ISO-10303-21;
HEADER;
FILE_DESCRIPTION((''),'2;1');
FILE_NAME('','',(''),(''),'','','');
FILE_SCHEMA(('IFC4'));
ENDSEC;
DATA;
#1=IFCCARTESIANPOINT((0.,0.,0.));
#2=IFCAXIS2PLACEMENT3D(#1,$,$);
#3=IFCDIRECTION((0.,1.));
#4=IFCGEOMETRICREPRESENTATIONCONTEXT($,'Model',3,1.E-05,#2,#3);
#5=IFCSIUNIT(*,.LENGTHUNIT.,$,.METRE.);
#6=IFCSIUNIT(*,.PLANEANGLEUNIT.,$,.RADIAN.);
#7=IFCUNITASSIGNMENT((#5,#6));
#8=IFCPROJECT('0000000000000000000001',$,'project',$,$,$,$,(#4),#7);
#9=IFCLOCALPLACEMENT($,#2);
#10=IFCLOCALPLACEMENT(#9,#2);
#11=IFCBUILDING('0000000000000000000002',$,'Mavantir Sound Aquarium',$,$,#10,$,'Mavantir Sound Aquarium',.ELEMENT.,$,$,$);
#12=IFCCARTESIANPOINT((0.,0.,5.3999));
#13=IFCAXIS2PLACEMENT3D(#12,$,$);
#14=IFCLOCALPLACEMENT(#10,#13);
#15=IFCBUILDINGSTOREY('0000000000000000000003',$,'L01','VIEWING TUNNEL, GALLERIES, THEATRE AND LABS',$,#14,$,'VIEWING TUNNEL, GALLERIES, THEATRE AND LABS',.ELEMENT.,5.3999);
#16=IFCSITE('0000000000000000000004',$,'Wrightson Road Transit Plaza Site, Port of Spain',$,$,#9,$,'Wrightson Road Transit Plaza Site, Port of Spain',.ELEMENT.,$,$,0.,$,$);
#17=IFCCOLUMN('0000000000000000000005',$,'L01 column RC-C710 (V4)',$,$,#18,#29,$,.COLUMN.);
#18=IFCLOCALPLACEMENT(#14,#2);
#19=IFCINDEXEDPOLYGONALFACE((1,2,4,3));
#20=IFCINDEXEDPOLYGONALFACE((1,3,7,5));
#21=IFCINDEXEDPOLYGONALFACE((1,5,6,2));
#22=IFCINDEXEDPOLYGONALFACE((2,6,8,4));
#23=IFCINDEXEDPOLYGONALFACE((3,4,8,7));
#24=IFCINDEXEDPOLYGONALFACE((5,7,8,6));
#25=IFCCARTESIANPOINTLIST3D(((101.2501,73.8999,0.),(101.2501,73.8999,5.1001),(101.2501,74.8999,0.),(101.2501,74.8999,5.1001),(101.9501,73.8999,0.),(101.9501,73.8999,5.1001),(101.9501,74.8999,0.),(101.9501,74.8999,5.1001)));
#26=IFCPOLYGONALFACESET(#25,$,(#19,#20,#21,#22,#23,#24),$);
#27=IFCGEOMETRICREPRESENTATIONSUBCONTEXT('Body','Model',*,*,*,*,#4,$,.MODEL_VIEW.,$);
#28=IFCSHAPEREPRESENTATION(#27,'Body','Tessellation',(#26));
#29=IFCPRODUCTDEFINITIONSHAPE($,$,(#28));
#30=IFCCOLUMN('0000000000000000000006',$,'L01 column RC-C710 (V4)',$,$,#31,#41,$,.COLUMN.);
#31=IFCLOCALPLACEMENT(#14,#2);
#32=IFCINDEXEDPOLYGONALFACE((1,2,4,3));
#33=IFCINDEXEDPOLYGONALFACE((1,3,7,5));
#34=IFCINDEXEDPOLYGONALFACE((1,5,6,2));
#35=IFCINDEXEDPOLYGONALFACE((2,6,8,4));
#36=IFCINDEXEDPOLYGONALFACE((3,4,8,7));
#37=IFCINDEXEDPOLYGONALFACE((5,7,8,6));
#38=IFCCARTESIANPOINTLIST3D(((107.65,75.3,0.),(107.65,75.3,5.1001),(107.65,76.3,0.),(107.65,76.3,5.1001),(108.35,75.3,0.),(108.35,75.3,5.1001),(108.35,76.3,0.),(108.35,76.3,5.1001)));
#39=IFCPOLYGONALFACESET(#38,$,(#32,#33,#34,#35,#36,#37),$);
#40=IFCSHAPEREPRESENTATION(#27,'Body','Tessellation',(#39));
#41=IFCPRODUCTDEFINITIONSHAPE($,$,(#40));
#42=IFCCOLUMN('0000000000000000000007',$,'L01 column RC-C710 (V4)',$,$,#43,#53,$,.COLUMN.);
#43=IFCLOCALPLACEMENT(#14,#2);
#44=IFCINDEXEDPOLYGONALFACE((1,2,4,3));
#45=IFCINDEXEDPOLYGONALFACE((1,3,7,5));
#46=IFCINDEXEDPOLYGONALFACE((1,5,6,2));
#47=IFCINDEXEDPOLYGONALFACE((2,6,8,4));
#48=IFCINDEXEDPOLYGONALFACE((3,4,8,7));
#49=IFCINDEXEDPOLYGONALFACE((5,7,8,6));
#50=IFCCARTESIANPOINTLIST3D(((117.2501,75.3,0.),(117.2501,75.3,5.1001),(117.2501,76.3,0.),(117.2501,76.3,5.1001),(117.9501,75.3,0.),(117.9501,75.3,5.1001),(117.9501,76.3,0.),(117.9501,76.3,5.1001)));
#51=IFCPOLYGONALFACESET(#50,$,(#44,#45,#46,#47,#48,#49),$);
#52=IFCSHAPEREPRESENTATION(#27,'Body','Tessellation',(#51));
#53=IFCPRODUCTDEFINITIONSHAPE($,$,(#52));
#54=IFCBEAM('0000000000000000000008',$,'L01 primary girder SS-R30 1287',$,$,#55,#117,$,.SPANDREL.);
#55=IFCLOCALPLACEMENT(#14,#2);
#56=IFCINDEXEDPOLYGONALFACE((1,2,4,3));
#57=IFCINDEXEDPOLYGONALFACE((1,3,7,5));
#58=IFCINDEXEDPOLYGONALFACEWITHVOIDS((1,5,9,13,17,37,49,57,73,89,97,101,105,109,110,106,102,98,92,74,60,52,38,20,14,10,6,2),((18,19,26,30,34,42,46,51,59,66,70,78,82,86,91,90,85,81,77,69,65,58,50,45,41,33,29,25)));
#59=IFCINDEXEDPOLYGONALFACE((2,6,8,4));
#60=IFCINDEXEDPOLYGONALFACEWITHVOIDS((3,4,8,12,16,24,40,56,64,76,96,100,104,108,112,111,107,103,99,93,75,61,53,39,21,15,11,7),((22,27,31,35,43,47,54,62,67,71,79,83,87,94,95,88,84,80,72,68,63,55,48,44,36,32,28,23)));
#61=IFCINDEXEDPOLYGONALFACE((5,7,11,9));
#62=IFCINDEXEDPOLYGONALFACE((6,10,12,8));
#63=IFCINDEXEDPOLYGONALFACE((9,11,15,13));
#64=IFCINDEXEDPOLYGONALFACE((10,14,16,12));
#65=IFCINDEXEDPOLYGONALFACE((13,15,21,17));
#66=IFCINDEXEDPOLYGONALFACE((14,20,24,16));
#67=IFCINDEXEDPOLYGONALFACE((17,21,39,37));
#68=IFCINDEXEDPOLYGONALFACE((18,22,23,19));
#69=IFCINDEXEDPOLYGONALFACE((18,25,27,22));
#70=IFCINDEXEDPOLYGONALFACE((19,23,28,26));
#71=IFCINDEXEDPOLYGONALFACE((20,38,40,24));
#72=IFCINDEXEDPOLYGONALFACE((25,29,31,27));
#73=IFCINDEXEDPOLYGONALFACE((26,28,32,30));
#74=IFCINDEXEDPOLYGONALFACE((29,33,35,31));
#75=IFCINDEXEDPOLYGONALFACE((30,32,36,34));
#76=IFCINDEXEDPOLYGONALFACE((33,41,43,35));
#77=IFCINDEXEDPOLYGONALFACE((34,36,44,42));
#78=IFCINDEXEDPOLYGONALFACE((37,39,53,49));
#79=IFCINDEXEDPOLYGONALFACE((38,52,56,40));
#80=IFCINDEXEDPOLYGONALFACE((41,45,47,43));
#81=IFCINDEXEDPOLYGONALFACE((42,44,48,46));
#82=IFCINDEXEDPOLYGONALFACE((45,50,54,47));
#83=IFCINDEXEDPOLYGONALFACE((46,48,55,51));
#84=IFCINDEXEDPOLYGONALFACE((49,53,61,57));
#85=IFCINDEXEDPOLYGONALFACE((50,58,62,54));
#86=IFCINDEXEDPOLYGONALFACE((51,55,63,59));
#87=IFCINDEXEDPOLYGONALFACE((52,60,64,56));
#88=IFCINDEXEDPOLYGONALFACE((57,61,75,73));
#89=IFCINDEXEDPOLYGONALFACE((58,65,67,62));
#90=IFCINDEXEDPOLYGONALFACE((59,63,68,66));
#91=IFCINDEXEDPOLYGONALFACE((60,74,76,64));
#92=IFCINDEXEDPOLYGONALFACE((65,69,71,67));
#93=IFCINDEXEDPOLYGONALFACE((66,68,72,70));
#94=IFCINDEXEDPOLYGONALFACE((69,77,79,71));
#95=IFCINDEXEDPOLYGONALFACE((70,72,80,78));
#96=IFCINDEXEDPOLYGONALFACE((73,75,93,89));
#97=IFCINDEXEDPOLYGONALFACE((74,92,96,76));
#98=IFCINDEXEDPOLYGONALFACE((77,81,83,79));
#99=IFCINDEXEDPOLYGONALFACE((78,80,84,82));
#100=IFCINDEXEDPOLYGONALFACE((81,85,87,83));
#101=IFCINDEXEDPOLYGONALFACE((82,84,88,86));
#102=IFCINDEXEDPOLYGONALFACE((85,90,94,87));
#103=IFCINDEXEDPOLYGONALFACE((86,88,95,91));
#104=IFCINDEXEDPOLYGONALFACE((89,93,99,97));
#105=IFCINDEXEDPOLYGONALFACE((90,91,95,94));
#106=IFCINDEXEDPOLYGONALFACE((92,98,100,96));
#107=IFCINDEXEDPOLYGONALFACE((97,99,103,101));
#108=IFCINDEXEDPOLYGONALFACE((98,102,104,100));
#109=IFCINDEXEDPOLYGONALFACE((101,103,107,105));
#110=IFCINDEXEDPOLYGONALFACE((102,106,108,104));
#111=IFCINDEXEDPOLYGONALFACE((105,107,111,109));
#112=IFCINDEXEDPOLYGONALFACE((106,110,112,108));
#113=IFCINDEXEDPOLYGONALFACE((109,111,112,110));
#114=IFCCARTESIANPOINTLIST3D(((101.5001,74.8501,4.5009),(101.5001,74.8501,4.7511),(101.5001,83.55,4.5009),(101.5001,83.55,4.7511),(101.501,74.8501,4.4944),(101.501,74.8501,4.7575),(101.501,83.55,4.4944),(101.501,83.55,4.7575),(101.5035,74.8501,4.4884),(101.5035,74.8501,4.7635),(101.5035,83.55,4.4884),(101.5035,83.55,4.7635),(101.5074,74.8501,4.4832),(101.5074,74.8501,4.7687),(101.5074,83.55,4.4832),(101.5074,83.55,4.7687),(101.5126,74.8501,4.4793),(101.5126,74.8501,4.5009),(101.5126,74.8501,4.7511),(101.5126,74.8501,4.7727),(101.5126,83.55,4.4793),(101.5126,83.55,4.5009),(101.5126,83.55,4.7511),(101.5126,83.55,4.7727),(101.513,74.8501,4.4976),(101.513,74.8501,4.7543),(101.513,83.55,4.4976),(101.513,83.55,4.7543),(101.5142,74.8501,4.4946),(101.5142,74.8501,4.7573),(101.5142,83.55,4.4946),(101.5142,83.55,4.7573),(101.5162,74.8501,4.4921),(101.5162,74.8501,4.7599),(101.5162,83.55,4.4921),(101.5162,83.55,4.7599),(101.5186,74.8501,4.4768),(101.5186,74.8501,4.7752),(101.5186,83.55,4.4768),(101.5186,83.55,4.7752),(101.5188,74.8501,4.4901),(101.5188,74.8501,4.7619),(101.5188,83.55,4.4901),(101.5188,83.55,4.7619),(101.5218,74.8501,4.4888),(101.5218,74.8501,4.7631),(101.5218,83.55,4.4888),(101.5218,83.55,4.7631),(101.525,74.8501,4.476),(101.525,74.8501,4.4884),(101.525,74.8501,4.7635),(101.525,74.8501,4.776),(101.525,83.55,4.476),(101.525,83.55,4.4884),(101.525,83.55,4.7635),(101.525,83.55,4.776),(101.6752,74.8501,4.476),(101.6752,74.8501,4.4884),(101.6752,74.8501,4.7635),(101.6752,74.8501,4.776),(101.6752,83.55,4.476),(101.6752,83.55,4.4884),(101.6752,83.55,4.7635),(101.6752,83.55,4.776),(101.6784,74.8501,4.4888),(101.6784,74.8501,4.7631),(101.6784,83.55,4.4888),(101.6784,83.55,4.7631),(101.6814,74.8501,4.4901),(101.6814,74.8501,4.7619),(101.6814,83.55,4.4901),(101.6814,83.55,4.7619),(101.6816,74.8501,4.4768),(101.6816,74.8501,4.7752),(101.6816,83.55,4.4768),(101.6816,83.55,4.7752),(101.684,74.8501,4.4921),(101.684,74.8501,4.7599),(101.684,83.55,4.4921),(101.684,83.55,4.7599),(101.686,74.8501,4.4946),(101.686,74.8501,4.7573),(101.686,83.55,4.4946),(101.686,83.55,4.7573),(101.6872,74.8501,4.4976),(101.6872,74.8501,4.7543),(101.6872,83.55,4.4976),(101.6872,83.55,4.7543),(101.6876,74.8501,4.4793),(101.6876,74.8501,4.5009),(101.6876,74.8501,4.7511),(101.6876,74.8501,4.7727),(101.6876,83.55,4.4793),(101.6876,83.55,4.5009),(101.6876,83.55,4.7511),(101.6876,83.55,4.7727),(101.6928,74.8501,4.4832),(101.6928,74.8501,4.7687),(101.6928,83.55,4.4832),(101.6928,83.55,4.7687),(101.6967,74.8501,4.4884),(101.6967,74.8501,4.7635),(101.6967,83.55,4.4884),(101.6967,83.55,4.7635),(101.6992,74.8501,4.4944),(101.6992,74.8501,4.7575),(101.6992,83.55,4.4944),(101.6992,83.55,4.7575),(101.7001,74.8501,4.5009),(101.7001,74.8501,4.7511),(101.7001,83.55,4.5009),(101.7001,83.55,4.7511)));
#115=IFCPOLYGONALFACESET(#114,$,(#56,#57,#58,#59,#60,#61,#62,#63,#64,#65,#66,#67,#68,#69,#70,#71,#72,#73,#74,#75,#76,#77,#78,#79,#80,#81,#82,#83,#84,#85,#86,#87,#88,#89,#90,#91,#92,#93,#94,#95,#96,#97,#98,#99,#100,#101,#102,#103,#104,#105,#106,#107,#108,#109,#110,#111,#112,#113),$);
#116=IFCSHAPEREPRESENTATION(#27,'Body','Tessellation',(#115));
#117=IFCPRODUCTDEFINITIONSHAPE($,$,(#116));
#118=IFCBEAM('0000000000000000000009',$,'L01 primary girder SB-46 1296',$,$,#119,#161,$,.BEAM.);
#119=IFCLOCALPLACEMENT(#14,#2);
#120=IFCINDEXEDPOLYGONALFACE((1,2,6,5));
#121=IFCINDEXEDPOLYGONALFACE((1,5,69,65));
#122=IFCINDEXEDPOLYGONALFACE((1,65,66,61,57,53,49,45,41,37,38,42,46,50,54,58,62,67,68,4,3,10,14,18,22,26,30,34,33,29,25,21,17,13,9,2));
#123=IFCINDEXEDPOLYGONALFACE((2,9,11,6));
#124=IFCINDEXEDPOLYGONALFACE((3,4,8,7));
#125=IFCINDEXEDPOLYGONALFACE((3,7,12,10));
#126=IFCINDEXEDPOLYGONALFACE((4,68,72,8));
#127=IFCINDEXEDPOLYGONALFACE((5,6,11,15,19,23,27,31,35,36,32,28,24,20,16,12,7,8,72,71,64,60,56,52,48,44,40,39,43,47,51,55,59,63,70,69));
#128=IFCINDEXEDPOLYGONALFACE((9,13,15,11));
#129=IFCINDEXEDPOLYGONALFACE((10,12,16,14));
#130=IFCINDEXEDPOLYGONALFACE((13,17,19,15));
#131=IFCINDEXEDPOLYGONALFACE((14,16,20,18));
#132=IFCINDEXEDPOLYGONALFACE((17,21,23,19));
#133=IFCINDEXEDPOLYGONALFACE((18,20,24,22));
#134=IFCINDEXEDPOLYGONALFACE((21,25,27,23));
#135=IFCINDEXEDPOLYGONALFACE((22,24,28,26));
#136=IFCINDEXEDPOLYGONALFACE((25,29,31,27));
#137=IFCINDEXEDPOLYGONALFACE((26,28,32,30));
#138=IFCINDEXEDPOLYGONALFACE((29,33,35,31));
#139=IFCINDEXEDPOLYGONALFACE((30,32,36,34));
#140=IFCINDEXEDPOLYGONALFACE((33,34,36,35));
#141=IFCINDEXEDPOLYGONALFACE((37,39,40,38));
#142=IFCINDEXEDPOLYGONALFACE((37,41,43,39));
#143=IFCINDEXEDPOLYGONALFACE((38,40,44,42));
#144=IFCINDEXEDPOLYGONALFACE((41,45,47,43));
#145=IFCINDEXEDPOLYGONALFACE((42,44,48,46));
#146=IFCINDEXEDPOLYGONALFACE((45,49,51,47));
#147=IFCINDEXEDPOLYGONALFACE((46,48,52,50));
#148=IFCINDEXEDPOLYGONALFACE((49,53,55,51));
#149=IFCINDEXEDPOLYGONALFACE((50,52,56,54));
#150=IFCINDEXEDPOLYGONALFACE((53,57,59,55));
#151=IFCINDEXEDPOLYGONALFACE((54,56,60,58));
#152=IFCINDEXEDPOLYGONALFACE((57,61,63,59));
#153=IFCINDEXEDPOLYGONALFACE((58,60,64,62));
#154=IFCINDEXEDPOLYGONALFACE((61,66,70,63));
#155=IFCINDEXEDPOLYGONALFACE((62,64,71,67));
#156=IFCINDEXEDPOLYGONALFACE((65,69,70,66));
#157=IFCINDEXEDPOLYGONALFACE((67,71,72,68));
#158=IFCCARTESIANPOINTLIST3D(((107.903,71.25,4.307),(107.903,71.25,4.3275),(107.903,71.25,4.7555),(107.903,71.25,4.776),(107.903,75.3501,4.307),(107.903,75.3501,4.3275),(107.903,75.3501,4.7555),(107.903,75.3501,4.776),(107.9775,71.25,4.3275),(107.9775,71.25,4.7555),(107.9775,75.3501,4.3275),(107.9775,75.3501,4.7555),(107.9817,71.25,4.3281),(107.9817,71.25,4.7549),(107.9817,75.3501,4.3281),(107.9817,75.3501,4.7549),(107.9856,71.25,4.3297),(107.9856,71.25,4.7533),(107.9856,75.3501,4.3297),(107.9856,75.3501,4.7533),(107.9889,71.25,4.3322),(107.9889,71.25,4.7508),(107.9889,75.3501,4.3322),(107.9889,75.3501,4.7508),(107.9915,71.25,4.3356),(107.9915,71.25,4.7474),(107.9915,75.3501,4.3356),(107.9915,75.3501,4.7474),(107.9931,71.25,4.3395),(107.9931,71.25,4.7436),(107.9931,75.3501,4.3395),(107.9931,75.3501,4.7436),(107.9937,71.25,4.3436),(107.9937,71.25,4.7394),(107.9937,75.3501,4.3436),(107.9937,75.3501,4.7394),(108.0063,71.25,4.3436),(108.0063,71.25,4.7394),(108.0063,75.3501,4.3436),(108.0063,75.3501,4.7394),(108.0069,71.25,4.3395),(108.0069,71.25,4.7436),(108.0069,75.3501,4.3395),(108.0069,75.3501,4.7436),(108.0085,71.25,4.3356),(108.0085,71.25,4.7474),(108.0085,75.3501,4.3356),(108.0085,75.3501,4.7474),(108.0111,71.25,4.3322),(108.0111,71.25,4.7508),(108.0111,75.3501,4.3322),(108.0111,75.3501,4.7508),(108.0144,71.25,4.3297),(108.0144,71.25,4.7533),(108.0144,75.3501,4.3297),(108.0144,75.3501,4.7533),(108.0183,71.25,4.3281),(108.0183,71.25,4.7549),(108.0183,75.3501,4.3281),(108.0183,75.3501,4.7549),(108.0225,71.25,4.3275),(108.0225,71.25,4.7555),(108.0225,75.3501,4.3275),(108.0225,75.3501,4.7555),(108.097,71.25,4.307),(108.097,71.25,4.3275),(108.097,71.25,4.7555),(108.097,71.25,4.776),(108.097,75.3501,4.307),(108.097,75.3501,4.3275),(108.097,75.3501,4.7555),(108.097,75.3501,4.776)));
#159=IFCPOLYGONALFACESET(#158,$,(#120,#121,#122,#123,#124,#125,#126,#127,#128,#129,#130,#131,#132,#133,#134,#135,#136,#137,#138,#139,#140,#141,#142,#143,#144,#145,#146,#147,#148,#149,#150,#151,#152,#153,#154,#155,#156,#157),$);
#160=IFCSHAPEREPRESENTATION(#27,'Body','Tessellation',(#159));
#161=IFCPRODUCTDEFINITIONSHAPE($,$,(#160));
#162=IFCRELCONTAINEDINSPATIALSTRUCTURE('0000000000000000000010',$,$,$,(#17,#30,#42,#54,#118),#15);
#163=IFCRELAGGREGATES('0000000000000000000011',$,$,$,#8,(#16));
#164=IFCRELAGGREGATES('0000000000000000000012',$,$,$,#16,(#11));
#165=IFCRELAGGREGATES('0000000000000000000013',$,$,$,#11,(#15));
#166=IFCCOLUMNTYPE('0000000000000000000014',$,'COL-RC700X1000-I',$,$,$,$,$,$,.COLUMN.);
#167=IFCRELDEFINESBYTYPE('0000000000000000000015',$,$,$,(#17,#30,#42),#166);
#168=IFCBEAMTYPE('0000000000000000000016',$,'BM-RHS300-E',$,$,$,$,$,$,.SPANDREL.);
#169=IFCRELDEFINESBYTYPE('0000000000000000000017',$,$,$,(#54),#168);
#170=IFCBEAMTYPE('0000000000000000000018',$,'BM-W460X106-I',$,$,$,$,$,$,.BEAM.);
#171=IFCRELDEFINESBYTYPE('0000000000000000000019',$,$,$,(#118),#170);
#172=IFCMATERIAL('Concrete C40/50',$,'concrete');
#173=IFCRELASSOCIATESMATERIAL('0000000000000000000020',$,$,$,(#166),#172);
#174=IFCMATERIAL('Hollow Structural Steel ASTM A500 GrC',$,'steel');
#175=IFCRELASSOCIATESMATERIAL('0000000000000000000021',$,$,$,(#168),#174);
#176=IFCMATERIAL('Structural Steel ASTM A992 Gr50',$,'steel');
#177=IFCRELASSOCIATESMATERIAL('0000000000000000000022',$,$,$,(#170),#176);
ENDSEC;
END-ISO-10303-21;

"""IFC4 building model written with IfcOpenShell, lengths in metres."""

from ifc_helpers import new_model, si_unit, direction, frame, origin, origin_2d, place, context, subcontext, project, spatial, rectangle, hollow_rectangle, i_section, extrude, material, material_profile, profile_set, type_object, element, save


model = new_model("IFC4")

# Units and contexts
model_context = context("Model", 3, precision=1e-05, world=origin(), true_north=direction((0.0, 1.0)))
body_context = subcontext(model_context, "Body", "Model", "MODEL_VIEW")
ifc_project = project(units=[si_unit("LENGTHUNIT", "METRE"), si_unit("PLANEANGLEUNIT", "RADIAN")], contexts=[model_context])

# Site, building, storey
site_placement = place(None, origin())
site = spatial("IfcSite", under=ifc_project, at=site_placement, Name="Wrightson Road Transit Plaza Site, Port of Spain", LongName="Wrightson Road Transit Plaza Site, Port of Spain", CompositionType="ELEMENT", RefElevation=0.0)
building_placement = place(site_placement, origin())
building = spatial("IfcBuilding", under=site, at=building_placement, Name="Mavantir Sound Aquarium", LongName="Mavantir Sound Aquarium", CompositionType="ELEMENT")
storey_placement = place(building_placement, frame((0.0, 0.0, 5.3999)))
storey = spatial("IfcBuildingStorey", under=building, at=storey_placement, Name="L01", Description="VIEWING TUNNEL, GALLERIES, THEATRE AND LABS", LongName="VIEWING TUNNEL, GALLERIES, THEATRE AND LABS", CompositionType="ELEMENT", Elevation=5.3999)

# Columns
ifc_material_1 = material(Name="Concrete C40/50", Category="concrete")
ifc_material_profile_1 = material_profile(ifc_material_1, rectangle(XDim=0.7, YDim=1.0, at=origin_2d()), Name="RC 700X1000")
ifc_profile_set_1 = profile_set([ifc_material_profile_1], Name="Concrete C40/50")
column_type = type_object("IfcColumnType", Name="COL-RC700X1000-I", PredefinedType="COLUMN", material=ifc_profile_set_1)
for number, where, z_axis, x_axis, name in (
    (1, (101.6001, 74.3999, 0.0), (0.0, 0.0, 1.0), (1.0, 0.0, 0.0), "L01 column RC-C710 (V4)"),
    (2, (108.0, 75.8, 0.0), (0.0, 0.0, 1.0), (1.0, 0.0, 0.0), "L01 column RC-C710 (V4)"),
    (3, (117.6001, 75.8, 0.0), (0.0, 0.0, 1.0), (1.0, 0.0, 0.0), "L01 column RC-C710 (V4)"),
):
    element("IfcColumn", number, at=place(storey_placement, frame(where, z_axis=z_axis, x_axis=x_axis)), inside=storey, type_object=column_type, Name=name, PredefinedType="COLUMN", context=body_context, shape_type="SweptSolid", body=[
        extrude(rectangle(XDim=0.7, YDim=1.0, at=origin_2d()), origin(), (0.0, 0.0, 1.0), 5.1001),
    ])

# Beams
ifc_material_2 = material(Name="Hollow Structural Steel ASTM A500 GrC", Category="steel")
ifc_material_profile_2 = material_profile(ifc_material_2, hollow_rectangle(XDim=0.2, YDim=0.3, WallThickness=0.0125, InnerFilletRadius=0.0125, OuterFilletRadius=0.0249, at=origin_2d()), Name="RHS 300X200X12.5")
ifc_profile_set_2 = profile_set([ifc_material_profile_2], Name="Hollow Structural Steel ASTM A500 GrC")
beam_type_1 = type_object("IfcBeamType", Name="BM-RHS300-E", PredefinedType="SPANDREL", material=ifc_profile_set_2)
beam_1_placement = place(storey_placement, frame((101.6001, 74.8501, 4.626), z_axis=(0.0, 1.0, 0.0), x_axis=(-1.0, 0.0, 0.0)))
element("IfcBeam", 4, at=beam_1_placement, inside=storey, type_object=beam_type_1, Name="L01 primary girder SS-R30 1287", PredefinedType="SPANDREL", context=body_context, shape_type="SweptSolid", body=[
    extrude(hollow_rectangle(XDim=0.2, YDim=0.3, WallThickness=0.0125, InnerFilletRadius=0.0125, OuterFilletRadius=0.0249, at=origin_2d()), origin(), (0.0, 0.0, 1.0), 8.7),
])
ifc_material_3 = material(Name="Structural Steel ASTM A992 Gr50", Category="steel")
ifc_material_profile_3 = material_profile(ifc_material_3, i_section(OverallWidth=0.1941, OverallDepth=0.469, WebThickness=0.0127, FlangeThickness=0.0205, FilletRadius=0.0161, at=origin_2d()), Name="W460X106")
ifc_profile_set_3 = profile_set([ifc_material_profile_3], Name="Structural Steel ASTM A992 Gr50")
beam_type_2 = type_object("IfcBeamType", Name="BM-W460X106-I", PredefinedType="BEAM", material=ifc_profile_set_3)
for number, where, z_axis, x_axis, name in (
    (5, (108.0, 71.25, 4.5415), (0.0, 1.0, 0.0), (-1.0, 0.0, 0.0), "L01 primary girder SB-46 1296"),
):
    element("IfcBeam", number, at=place(storey_placement, frame(where, z_axis=z_axis, x_axis=x_axis)), inside=storey, type_object=beam_type_2, Name=name, PredefinedType="BEAM", context=body_context, shape_type="SweptSolid", body=[
        extrude(i_section(OverallWidth=0.1941, OverallDepth=0.469, WebThickness=0.0127, FlangeThickness=0.0205, FilletRadius=0.0161, at=origin_2d()), origin(), (0.0, 0.0, 1.0), 4.1001),
    ])

save(model, "model.ifc")
